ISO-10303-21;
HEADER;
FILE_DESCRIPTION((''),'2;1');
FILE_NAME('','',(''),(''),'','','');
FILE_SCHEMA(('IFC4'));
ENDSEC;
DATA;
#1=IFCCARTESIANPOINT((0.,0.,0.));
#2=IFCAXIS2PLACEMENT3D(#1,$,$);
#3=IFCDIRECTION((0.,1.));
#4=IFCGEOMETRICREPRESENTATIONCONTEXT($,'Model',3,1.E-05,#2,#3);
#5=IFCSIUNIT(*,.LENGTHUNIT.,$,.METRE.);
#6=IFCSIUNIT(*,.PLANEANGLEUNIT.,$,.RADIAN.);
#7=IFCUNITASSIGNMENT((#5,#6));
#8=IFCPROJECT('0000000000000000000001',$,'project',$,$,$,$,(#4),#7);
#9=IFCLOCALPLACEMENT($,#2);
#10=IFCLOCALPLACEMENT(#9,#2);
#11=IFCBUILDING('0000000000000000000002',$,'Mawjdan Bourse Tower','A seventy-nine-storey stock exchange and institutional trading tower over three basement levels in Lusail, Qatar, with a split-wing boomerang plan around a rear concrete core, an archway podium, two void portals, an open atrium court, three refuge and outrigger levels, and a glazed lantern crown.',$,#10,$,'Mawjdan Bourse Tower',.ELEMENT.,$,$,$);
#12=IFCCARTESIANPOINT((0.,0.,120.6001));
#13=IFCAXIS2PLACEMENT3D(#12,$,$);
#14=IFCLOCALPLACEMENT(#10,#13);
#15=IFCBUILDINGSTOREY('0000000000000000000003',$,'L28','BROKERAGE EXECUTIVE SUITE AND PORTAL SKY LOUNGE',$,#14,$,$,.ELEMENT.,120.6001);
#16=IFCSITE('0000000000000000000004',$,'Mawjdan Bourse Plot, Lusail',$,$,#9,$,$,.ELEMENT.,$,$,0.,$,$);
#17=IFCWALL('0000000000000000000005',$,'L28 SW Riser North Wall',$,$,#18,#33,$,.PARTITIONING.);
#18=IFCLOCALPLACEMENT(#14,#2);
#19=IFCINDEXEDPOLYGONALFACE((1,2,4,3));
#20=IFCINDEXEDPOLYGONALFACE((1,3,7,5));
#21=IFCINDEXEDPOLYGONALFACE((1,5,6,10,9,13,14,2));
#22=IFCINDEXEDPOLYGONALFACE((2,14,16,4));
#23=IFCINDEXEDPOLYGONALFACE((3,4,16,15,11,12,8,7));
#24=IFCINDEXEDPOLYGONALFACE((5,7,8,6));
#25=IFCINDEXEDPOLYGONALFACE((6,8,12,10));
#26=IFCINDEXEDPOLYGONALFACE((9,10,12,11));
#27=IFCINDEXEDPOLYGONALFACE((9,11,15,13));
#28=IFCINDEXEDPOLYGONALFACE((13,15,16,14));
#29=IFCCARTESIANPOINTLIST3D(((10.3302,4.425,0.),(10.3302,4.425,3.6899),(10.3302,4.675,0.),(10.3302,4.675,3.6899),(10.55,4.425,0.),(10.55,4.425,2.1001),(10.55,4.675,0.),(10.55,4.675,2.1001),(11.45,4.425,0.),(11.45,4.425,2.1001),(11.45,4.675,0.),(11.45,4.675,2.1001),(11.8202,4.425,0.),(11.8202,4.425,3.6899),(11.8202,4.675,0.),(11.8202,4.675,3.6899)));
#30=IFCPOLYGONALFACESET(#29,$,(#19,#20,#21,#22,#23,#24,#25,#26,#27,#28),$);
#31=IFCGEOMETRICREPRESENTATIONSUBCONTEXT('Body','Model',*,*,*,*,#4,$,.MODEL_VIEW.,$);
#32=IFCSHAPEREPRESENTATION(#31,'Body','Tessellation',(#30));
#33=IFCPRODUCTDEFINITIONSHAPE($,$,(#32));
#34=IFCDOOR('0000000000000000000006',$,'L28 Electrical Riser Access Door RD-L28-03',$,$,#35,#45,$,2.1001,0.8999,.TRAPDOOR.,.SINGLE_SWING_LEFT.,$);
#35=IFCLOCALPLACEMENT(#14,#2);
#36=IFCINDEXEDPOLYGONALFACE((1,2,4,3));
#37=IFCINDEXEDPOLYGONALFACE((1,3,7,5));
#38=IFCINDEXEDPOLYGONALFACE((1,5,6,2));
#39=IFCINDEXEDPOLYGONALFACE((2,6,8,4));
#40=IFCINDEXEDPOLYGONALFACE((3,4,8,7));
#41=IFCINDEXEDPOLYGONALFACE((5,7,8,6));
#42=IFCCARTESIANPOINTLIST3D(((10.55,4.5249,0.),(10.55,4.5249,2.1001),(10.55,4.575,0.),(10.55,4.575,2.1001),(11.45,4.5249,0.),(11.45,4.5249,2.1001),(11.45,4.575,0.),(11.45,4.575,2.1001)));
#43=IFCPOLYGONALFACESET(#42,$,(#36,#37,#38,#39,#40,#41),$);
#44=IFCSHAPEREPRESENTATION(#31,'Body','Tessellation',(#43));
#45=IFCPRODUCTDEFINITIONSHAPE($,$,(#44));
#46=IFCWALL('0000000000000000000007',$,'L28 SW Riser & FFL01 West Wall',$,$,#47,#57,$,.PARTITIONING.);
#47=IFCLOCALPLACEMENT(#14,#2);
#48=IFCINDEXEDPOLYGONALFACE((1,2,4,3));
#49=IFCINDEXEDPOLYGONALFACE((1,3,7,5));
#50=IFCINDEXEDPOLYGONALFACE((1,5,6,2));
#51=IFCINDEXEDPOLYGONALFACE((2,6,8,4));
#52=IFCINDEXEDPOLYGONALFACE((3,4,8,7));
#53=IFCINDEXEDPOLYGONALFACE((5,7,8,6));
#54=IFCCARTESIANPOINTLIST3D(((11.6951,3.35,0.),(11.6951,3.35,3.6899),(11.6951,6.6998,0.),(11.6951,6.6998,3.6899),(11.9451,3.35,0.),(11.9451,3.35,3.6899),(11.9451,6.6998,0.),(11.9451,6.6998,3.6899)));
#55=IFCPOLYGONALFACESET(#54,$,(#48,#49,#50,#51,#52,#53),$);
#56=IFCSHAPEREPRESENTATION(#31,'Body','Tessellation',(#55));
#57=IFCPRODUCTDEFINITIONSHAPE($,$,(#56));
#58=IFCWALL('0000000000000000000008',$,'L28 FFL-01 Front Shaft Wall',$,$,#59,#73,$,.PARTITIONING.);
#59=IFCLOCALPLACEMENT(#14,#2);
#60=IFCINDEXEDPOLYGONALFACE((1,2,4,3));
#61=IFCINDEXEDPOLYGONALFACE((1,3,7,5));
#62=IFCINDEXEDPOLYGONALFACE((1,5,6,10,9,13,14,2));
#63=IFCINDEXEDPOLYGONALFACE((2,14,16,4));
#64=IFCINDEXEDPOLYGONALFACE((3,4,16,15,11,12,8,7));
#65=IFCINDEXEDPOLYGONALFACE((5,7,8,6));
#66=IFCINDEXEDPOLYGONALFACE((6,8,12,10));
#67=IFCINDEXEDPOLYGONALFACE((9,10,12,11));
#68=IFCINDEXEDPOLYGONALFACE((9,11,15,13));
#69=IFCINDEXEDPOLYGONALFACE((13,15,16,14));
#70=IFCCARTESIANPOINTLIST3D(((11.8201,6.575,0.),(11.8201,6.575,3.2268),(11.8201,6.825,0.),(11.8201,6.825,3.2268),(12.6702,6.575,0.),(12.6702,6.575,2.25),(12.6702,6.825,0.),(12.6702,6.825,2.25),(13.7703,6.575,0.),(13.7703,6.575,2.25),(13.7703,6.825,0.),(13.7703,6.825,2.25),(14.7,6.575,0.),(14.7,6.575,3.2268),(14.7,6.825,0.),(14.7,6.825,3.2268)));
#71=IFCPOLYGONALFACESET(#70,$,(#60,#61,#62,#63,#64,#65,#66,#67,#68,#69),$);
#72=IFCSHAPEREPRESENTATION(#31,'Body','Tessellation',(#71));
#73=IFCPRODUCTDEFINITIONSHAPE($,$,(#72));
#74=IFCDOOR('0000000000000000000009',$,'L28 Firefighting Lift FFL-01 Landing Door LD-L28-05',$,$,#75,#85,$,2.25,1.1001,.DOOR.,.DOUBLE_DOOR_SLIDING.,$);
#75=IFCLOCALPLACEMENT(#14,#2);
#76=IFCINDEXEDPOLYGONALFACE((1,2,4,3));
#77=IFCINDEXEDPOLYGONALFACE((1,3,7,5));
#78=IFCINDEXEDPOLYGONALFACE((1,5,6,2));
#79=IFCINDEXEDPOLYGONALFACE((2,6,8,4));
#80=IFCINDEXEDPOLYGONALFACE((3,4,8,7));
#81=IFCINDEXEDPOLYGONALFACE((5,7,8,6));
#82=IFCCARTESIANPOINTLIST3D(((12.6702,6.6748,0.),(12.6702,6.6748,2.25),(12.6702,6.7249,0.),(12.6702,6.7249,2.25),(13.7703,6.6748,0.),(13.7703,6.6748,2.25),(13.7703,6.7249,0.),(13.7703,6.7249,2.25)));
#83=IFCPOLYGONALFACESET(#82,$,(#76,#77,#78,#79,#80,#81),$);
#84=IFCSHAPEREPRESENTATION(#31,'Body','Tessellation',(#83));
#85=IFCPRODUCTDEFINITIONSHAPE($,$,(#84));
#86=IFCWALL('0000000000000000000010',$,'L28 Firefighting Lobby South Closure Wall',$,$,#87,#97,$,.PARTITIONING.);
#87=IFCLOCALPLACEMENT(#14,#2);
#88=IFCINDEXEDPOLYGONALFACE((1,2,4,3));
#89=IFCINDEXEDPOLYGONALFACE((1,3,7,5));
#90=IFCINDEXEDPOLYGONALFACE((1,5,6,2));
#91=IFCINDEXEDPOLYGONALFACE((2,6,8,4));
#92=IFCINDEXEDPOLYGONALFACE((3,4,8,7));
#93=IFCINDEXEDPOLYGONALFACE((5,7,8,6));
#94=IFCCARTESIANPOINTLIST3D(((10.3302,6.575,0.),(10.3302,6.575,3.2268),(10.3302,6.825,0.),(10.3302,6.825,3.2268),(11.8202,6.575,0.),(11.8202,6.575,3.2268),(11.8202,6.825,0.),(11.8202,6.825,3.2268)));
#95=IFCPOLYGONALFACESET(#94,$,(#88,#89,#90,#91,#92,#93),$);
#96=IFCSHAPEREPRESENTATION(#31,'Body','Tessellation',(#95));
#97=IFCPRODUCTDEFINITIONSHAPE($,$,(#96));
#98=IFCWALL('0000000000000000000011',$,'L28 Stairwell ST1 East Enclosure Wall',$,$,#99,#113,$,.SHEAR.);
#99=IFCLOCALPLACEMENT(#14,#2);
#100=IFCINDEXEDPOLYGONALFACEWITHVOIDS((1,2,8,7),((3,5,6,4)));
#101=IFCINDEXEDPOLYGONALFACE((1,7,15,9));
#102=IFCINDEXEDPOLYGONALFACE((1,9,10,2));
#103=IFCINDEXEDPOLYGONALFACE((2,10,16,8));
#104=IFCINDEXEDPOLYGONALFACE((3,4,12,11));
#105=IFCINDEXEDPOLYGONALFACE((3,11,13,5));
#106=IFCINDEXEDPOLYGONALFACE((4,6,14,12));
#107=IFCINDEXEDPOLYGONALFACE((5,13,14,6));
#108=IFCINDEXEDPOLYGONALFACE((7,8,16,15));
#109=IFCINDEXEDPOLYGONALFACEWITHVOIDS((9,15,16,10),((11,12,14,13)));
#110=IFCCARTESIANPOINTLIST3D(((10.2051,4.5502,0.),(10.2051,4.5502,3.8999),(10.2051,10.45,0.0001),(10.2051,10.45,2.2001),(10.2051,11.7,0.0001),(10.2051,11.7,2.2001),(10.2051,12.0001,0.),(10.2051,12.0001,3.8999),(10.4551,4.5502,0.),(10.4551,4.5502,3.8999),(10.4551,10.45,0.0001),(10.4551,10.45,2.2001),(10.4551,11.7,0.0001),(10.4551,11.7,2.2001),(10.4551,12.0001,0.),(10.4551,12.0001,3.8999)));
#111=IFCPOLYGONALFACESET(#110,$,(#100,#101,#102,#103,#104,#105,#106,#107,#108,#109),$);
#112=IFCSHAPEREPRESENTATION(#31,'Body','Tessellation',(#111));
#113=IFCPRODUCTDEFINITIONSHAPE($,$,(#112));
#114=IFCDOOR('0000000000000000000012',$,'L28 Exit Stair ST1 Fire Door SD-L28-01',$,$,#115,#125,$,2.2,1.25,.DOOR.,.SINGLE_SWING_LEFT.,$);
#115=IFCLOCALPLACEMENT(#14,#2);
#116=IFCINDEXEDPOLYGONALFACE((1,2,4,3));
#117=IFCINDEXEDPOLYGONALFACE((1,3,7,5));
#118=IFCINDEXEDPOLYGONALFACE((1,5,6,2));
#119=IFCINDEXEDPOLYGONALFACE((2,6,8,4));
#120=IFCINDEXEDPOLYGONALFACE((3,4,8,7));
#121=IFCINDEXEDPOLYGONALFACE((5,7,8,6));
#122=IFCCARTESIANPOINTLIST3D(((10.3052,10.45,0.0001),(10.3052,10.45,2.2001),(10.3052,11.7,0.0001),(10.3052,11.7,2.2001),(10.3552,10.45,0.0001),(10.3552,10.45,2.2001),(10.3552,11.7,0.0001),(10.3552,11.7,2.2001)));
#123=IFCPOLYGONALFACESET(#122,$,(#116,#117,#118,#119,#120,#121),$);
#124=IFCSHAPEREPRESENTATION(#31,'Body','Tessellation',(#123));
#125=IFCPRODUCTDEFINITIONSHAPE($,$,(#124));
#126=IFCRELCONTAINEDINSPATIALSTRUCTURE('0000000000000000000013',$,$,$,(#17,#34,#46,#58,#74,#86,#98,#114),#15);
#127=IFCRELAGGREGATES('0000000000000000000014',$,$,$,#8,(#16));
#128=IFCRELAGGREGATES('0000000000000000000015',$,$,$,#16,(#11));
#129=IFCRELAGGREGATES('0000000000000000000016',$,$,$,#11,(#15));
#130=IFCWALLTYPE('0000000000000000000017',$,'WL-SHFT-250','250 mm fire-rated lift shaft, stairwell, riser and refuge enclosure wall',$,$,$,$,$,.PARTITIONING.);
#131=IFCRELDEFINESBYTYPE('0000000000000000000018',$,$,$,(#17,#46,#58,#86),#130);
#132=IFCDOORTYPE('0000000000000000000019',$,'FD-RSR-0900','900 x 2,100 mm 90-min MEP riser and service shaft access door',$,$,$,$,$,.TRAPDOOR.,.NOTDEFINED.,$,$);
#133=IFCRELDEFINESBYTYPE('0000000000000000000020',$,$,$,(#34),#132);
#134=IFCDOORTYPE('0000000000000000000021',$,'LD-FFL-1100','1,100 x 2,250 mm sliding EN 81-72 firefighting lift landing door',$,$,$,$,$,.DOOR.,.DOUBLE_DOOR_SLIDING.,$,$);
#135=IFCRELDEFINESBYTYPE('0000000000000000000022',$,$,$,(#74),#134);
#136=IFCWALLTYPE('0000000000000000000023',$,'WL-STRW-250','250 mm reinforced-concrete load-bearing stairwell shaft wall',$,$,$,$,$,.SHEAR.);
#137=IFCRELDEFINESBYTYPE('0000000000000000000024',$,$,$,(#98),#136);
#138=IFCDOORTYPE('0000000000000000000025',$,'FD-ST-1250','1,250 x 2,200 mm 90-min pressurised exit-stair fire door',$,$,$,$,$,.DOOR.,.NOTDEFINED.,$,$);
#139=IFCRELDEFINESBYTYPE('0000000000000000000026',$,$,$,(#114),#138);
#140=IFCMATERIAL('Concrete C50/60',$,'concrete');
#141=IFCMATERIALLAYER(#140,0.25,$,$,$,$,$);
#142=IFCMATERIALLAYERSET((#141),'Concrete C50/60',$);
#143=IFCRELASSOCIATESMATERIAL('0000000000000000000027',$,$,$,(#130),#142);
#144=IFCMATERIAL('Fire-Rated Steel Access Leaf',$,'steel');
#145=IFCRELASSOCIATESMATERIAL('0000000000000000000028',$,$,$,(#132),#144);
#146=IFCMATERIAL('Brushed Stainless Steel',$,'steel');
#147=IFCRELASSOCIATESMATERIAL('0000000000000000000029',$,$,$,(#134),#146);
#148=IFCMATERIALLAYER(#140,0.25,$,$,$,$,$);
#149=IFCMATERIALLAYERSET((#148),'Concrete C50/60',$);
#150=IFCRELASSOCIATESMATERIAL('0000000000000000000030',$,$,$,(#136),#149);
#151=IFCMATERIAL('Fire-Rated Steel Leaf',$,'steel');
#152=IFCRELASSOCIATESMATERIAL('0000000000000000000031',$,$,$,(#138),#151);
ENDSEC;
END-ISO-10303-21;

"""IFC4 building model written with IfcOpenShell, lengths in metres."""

from ifc_helpers import new_model, si_unit, direction, frame, frame_2d, origin, place, context, subcontext, project, spatial, rectangle, extrude, material, layer, layer_set, type_object, element, fill, save


model = new_model("IFC4")

# Units and contexts
model_context = context("Model", 3, precision=1e-05, world=origin(), true_north=direction((0.0, 1.0)))
body_context = subcontext(model_context, "Body", "Model", "MODEL_VIEW")
ifc_project = project(units=[si_unit("LENGTHUNIT", "METRE"), si_unit("PLANEANGLEUNIT", "RADIAN")], contexts=[model_context])

# Site, building, storey
site_placement = place(None, origin())
site = spatial("IfcSite", under=ifc_project, at=site_placement, Name="Mawjdan Bourse Plot, Lusail", CompositionType="ELEMENT", RefElevation=0.0)
building_placement = place(site_placement, origin())
building = spatial("IfcBuilding", under=site, at=building_placement, Name="Mawjdan Bourse Tower", Description="A seventy-nine-storey stock exchange and institutional trading tower over three basement levels in Lusail, Qatar, with a split-wing boomerang plan around a rear concrete core, an archway podium, two void portals, an open atrium court, three refuge and outrigger levels, and a glazed lantern crown.", LongName="Mawjdan Bourse Tower", CompositionType="ELEMENT")
storey_placement = place(building_placement, frame((0.0, 0.0, 120.6001)))
storey = spatial("IfcBuildingStorey", under=building, at=storey_placement, Name="L28", Description="BROKERAGE EXECUTIVE SUITE AND PORTAL SKY LOUNGE", CompositionType="ELEMENT", Elevation=120.6001)

# Shared definitions
ifc_material_1 = material(Name="Concrete C50/60", Category="concrete")

# Wall, opening, door
ifc_layer_1 = layer(ifc_material_1, 0.25)
ifc_layer_set_1 = layer_set([ifc_layer_1], Name="Concrete C50/60")
wall_type_1 = type_object("IfcWallType", Name="WL-SHFT-250", Description="250 mm fire-rated lift shaft, stairwell, riser and refuge enclosure wall", PredefinedType="PARTITIONING", material=ifc_layer_set_1)
wall_1_placement = place(storey_placement, frame((10.3301, 4.55, 0.0), z_axis=(0.0, 0.0, 1.0), x_axis=(1.0, 0.0, 0.0)))
wall_1 = element("IfcWall", 1, at=wall_1_placement, inside=storey, type_object=wall_type_1, Name="L28 SW Riser North Wall", PredefinedType="PARTITIONING", context=body_context, shape_type="SweptSolid", body=[
    extrude(rectangle(XDim=1.49, YDim=0.25, at=frame_2d((0.7451, 0.0))), origin(), (0.0, 0.0, 1.0), 3.6899),
])
opening_1_placement = place(wall_1_placement, frame((0.22, 0.0, 0.0)))
opening_1 = element("IfcOpeningElement", 2, at=opening_1_placement, cuts=wall_1, PredefinedType="OPENING", context=body_context, shape_type="SweptSolid", body=[
    extrude(rectangle(XDim=0.8999, YDim=2.1001, at=frame_2d((0.45, 1.05))), frame((0.0, 0.135, 0.0), z_axis=(0.0, -1.0, 0.0), x_axis=(1.0, 0.0, 0.0)), (0.0, 0.0, 1.0), 0.27),
])
ifc_material_2 = material(Name="Fire-Rated Steel Access Leaf", Category="steel")
door_type_1 = type_object("IfcDoorType", Name="FD-RSR-0900", Description="900 x 2,100 mm 90-min MEP riser and service shaft access door", OperationType="NOTDEFINED", PredefinedType="TRAPDOOR", material=ifc_material_2)
door_1_placement = place(opening_1_placement, origin())
door_1 = element("IfcDoor", 3, at=door_1_placement, inside=storey, type_object=door_type_1, Name="L28 Electrical Riser Access Door RD-L28-03", OperationType="SINGLE_SWING_LEFT", OverallHeight=2.1001, OverallWidth=0.8999, PredefinedType="TRAPDOOR", context=body_context, shape_type="SweptSolid", body=[
    extrude(rectangle(XDim=0.8999, YDim=2.1001, at=frame_2d((0.45, 1.05))), frame((0.0, 0.0249, 0.0), z_axis=(0.0, -1.0, 0.0), x_axis=(1.0, 0.0, 0.0)), (0.0, 0.0, 1.0), 0.05),
])
fill(opening_1, door_1)

# Wall
wall_2_placement = place(storey_placement, frame((11.8201, 3.3501, 0.0), z_axis=(0.0, 0.0, 1.0), x_axis=(0.0, 1.0, 0.0)))
element("IfcWall", 4, at=wall_2_placement, inside=storey, type_object=wall_type_1, Name="L28 SW Riser & FFL01 West Wall", PredefinedType="PARTITIONING", context=body_context, shape_type="SweptSolid", body=[
    extrude(rectangle(XDim=3.3499, YDim=0.25, at=frame_2d((1.6748, 0.0))), origin(), (0.0, 0.0, 1.0), 3.6899),
])

# Wall, opening, door
wall_3_placement = place(storey_placement, frame((11.8201, 6.7, 0.0), z_axis=(0.0, 0.0, 1.0), x_axis=(1.0, 0.0, 0.0)))
wall_3 = element("IfcWall", 5, at=wall_3_placement, inside=storey, type_object=wall_type_1, Name="L28 FFL-01 Front Shaft Wall", PredefinedType="PARTITIONING", context=body_context, shape_type="SweptSolid", body=[
    extrude(rectangle(XDim=2.8799, YDim=0.25, at=frame_2d((1.4399, 0.0))), origin(), (0.0, 0.0, 1.0), 3.2268),
])
opening_2_placement = place(wall_3_placement, frame((0.8501, 0.0, 0.0)))
opening_2 = element("IfcOpeningElement", 6, at=opening_2_placement, cuts=wall_3, PredefinedType="OPENING", context=body_context, shape_type="SweptSolid", body=[
    extrude(rectangle(XDim=1.1001, YDim=2.25, at=frame_2d((0.55, 1.125))), frame((0.0, 0.135, 0.0), z_axis=(0.0, -1.0, 0.0), x_axis=(1.0, 0.0, 0.0)), (0.0, 0.0, 1.0), 0.27),
])
ifc_material_3 = material(Name="Brushed Stainless Steel", Category="steel")
door_type_2 = type_object("IfcDoorType", Name="LD-FFL-1100", Description="1,100 x 2,250 mm sliding EN 81-72 firefighting lift landing door", OperationType="DOUBLE_DOOR_SLIDING", PredefinedType="DOOR", material=ifc_material_3)
door_2_placement = place(opening_2_placement, origin())
door_2 = element("IfcDoor", 7, at=door_2_placement, inside=storey, type_object=door_type_2, Name="L28 Firefighting Lift FFL-01 Landing Door LD-L28-05", OperationType="DOUBLE_DOOR_SLIDING", OverallHeight=2.25, OverallWidth=1.1001, PredefinedType="DOOR", context=body_context, shape_type="SweptSolid", body=[
    extrude(rectangle(XDim=1.1001, YDim=2.25, at=frame_2d((0.55, 1.125))), frame((0.0, 0.0249, 0.0), z_axis=(0.0, -1.0, 0.0), x_axis=(1.0, 0.0, 0.0)), (0.0, 0.0, 1.0), 0.05),
])
fill(opening_2, door_2)

# Wall
wall_4_placement = place(storey_placement, frame((10.3301, 6.7, 0.0), z_axis=(0.0, 0.0, 1.0), x_axis=(1.0, 0.0, 0.0)))
element("IfcWall", 8, at=wall_4_placement, inside=storey, type_object=wall_type_1, Name="L28 Firefighting Lobby South Closure Wall", PredefinedType="PARTITIONING", context=body_context, shape_type="SweptSolid", body=[
    extrude(rectangle(XDim=1.49, YDim=0.25, at=frame_2d((0.7451, 0.0))), origin(), (0.0, 0.0, 1.0), 3.2268),
])
ifc_layer_2 = layer(ifc_material_1, 0.25)
ifc_layer_set_2 = layer_set([ifc_layer_2], Name="Concrete C50/60")
wall_type_2 = type_object("IfcWallType", Name="WL-STRW-250", Description="250 mm reinforced-concrete load-bearing stairwell shaft wall", PredefinedType="SHEAR", material=ifc_layer_set_2)

# Wall, opening, door
wall_5_placement = place(storey_placement, frame((10.3301, 4.55, 0.0), z_axis=(0.0, 0.0, 1.0), x_axis=(0.0, 1.0, 0.0)))
wall_5 = element("IfcWall", 9, at=wall_5_placement, inside=storey, type_object=wall_type_2, Name="L28 Stairwell ST1 East Enclosure Wall", PredefinedType="SHEAR", context=body_context, shape_type="SweptSolid", body=[
    extrude(rectangle(XDim=7.45, YDim=0.25, at=frame_2d((3.7251, 0.0))), origin(), (0.0, 0.0, 1.0), 3.8999),
])
opening_3_placement = place(wall_5_placement, frame((5.8999, 0.0, 0.0)))
opening_3 = element("IfcOpeningElement", 10, at=opening_3_placement, cuts=wall_5, PredefinedType="OPENING", context=body_context, shape_type="SweptSolid", body=[
    extrude(rectangle(XDim=1.25, YDim=2.2, at=frame_2d((0.625, 1.1001))), frame((0.0, 0.135, 0.0), z_axis=(0.0, -1.0, 0.0), x_axis=(1.0, 0.0, 0.0)), (0.0, 0.0, 1.0), 0.27),
])
ifc_material_4 = material(Name="Fire-Rated Steel Leaf", Category="steel")
door_type_3 = type_object("IfcDoorType", Name="FD-ST-1250", Description="1,250 x 2,200 mm 90-min pressurised exit-stair fire door", OperationType="NOTDEFINED", PredefinedType="DOOR", material=ifc_material_4)
door_3_placement = place(opening_3_placement, origin())
door_3 = element("IfcDoor", 11, at=door_3_placement, inside=storey, type_object=door_type_3, Name="L28 Exit Stair ST1 Fire Door SD-L28-01", OperationType="SINGLE_SWING_LEFT", OverallHeight=2.2, OverallWidth=1.25, PredefinedType="DOOR", context=body_context, shape_type="SweptSolid", body=[
    extrude(rectangle(XDim=1.25, YDim=2.2, at=frame_2d((0.625, 1.1001))), frame((0.0, 0.0249, 0.0), z_axis=(0.0, -1.0, 0.0), x_axis=(1.0, 0.0, 0.0)), (0.0, 0.0, 1.0), 0.05),
])
fill(opening_3, door_3)

save(model, "model.ifc")
